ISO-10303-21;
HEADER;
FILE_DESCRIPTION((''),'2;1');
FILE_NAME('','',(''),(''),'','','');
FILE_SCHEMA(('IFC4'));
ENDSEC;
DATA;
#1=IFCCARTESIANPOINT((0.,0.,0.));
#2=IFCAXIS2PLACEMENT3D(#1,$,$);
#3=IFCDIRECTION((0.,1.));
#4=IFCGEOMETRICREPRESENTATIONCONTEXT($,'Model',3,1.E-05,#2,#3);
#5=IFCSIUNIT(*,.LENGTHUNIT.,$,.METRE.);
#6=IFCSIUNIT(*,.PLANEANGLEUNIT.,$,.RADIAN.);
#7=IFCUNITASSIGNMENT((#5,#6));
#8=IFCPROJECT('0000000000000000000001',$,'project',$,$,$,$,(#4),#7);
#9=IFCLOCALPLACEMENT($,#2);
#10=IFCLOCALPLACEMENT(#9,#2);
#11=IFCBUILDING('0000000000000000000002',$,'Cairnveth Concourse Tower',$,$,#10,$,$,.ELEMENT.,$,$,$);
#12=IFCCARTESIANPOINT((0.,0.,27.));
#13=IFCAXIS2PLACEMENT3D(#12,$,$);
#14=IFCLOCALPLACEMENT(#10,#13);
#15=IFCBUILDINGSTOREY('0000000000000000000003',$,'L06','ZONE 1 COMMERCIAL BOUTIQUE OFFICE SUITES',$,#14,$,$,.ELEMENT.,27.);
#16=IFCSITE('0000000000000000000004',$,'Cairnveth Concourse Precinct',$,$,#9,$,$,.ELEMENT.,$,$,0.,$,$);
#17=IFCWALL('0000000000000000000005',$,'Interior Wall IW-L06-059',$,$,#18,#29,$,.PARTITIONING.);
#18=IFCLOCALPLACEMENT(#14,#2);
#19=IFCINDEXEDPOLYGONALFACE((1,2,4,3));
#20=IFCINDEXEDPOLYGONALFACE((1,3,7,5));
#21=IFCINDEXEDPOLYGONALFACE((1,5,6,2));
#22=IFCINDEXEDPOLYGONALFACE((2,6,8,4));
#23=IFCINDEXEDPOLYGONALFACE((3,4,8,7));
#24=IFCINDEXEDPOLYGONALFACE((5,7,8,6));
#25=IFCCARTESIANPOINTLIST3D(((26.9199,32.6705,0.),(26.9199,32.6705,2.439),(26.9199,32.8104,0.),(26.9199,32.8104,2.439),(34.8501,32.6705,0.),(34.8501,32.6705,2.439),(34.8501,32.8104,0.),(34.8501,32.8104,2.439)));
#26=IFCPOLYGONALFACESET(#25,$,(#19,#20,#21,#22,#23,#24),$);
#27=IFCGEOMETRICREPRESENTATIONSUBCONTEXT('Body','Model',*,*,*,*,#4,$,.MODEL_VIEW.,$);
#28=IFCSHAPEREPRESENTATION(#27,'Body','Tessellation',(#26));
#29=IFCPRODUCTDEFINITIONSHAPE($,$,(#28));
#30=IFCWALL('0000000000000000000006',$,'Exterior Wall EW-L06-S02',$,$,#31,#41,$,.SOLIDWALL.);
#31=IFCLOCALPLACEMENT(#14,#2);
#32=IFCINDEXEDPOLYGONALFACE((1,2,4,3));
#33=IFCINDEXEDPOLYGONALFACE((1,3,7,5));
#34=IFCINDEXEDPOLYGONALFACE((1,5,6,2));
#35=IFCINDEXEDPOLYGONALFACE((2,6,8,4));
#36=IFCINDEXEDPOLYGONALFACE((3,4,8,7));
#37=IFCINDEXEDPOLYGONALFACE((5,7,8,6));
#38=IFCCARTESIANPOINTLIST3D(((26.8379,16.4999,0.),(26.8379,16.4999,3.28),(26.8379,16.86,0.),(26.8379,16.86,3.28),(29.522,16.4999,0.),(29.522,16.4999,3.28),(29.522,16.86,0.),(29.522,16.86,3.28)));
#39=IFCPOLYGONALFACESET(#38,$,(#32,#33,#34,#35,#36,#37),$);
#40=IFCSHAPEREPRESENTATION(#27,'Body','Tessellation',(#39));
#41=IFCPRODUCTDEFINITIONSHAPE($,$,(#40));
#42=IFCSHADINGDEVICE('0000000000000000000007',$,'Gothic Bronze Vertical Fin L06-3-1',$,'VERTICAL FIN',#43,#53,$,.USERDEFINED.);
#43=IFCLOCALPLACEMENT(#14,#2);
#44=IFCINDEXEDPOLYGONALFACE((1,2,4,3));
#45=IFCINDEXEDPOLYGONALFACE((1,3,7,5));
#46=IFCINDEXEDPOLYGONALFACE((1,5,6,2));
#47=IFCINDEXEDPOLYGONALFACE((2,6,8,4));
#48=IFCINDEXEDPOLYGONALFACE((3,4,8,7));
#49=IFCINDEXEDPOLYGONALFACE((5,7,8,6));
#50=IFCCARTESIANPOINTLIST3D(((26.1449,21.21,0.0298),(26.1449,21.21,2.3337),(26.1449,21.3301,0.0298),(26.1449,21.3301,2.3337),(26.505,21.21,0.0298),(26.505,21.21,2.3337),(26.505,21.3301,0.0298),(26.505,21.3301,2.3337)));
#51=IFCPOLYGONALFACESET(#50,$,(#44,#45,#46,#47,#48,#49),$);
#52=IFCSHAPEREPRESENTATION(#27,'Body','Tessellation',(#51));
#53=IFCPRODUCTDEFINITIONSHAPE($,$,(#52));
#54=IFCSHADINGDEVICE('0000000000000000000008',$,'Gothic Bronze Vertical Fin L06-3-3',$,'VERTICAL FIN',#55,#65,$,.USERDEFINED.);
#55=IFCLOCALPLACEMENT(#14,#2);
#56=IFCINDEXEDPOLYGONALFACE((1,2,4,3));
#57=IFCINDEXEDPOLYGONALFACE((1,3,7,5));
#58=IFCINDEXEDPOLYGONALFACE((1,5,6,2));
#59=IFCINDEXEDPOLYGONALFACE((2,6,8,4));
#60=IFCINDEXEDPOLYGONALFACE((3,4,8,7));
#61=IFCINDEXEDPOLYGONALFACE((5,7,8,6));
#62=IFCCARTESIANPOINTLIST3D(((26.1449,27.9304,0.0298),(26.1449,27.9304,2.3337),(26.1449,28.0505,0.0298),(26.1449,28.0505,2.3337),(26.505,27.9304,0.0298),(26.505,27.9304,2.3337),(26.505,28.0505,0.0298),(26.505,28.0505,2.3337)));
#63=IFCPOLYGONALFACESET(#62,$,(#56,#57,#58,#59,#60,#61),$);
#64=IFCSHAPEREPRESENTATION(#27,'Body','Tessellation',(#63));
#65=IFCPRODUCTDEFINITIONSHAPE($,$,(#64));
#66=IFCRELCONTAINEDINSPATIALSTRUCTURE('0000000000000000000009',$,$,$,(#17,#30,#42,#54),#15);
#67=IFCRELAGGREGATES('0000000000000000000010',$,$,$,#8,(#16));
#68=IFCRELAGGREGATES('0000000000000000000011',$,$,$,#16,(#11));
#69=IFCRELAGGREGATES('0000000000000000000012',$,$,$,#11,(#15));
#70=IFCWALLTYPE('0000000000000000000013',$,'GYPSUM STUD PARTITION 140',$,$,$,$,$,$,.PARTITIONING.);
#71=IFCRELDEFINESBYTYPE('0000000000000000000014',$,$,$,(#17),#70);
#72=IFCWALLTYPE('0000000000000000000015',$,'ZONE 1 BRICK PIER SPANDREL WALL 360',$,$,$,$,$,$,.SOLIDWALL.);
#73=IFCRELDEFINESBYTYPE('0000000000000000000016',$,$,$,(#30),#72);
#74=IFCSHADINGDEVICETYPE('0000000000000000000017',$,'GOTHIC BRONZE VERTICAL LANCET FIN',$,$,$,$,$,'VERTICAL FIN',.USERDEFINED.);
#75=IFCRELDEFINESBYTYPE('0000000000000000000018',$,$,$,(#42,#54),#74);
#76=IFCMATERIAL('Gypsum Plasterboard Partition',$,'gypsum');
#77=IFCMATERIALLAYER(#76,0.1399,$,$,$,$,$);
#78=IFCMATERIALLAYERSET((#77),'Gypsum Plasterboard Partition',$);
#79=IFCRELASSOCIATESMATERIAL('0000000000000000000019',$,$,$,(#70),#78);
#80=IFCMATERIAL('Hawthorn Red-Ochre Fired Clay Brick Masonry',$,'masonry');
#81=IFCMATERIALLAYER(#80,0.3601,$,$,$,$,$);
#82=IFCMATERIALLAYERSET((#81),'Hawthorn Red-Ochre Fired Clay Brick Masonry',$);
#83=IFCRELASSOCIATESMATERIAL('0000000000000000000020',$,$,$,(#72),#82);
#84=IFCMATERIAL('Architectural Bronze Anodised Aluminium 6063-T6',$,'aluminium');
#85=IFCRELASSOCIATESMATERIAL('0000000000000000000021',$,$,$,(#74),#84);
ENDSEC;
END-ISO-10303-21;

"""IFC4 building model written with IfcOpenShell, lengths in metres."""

from ifc_helpers import new_model, si_unit, direction, frame, frame_2d, origin, origin_2d, place, context, subcontext, project, spatial, rectangle, extrude, material, layer, layer_set, type_object, element, save


model = new_model("IFC4")

# Units and contexts
model_context = context("Model", 3, precision=1e-05, world=origin(), true_north=direction((0.0, 1.0)))
body_context = subcontext(model_context, "Body", "Model", "MODEL_VIEW")
ifc_project = project(units=[si_unit("LENGTHUNIT", "METRE"), si_unit("PLANEANGLEUNIT", "RADIAN")], contexts=[model_context])

# Site, building, storey
site_placement = place(None, origin())
site = spatial("IfcSite", under=ifc_project, at=site_placement, Name="Cairnveth Concourse Precinct", CompositionType="ELEMENT", RefElevation=0.0)
building_placement = place(site_placement, origin())
building = spatial("IfcBuilding", under=site, at=building_placement, Name="Cairnveth Concourse Tower", CompositionType="ELEMENT")
storey_placement = place(building_placement, frame((0.0, 0.0, 27.0)))
storey = spatial("IfcBuildingStorey", under=building, at=storey_placement, Name="L06", Description="ZONE 1 COMMERCIAL BOUTIQUE OFFICE SUITES", CompositionType="ELEMENT", Elevation=27.0)

# Walls
ifc_material_1 = material(Name="Gypsum Plasterboard Partition", Category="gypsum")
ifc_layer_1 = layer(ifc_material_1, 0.1399)
ifc_layer_set_1 = layer_set([ifc_layer_1], Name="Gypsum Plasterboard Partition")
wall_type_1 = type_object("IfcWallType", Name="GYPSUM STUD PARTITION 140", PredefinedType="PARTITIONING", material=ifc_layer_set_1)
wall_1_placement = place(storey_placement, frame((26.9199, 32.7405, 0.0), z_axis=(0.0, 0.0, 1.0), x_axis=(1.0, 0.0, 0.0)))
element("IfcWall", 1, at=wall_1_placement, inside=storey, type_object=wall_type_1, Name="Interior Wall IW-L06-059", PredefinedType="PARTITIONING", context=body_context, shape_type="SweptSolid", body=[
    extrude(rectangle(XDim=7.9302, YDim=0.1399, at=frame_2d((3.9651, 0.0))), origin(), (0.0, 0.0, 1.0), 2.439),
])
ifc_material_2 = material(Name="Hawthorn Red-Ochre Fired Clay Brick Masonry", Category="masonry")
ifc_layer_2 = layer(ifc_material_2, 0.3601)
ifc_layer_set_2 = layer_set([ifc_layer_2], Name="Hawthorn Red-Ochre Fired Clay Brick Masonry")
wall_type_2 = type_object("IfcWallType", Name="ZONE 1 BRICK PIER SPANDREL WALL 360", PredefinedType="SOLIDWALL", material=ifc_layer_set_2)
wall_2_placement = place(storey_placement, frame((29.522, 16.6799, 0.0), z_axis=(0.0, 0.0, 1.0), x_axis=(-1.0, 0.0, 0.0)))
element("IfcWall", 2, at=wall_2_placement, inside=storey, type_object=wall_type_2, Name="Exterior Wall EW-L06-S02", PredefinedType="SOLIDWALL", context=body_context, shape_type="SweptSolid", body=[
    extrude(rectangle(XDim=2.6841, YDim=0.3601, at=frame_2d((1.342, 0.0))), origin(), (0.0, 0.0, 1.0), 3.28),
])

# Shading devices
ifc_material_3 = material(Name="Architectural Bronze Anodised Aluminium 6063-T6", Category="aluminium")
shading_device_type = type_object("IfcShadingDeviceType", Name="GOTHIC BRONZE VERTICAL LANCET FIN", ElementType="VERTICAL FIN", PredefinedType="USERDEFINED", material=ifc_material_3)
for number, where, z_axis, x_axis, name in (
    (3, (26.325, 21.27, 0.0298), (0.0, 0.0, 1.0), (0.0, 1.0, 0.0), "Gothic Bronze Vertical Fin L06-3-1"),
    (4, (26.325, 27.9905, 0.0298), (0.0, 0.0, 1.0), (0.0, 1.0, 0.0), "Gothic Bronze Vertical Fin L06-3-3"),
):
    element("IfcShadingDevice", number, at=place(storey_placement, frame(where, z_axis=z_axis, x_axis=x_axis)), inside=storey, type_object=shading_device_type, Name=name, ObjectType="VERTICAL FIN", PredefinedType="USERDEFINED", context=body_context, shape_type="SweptSolid", body=[
        extrude(rectangle(XDim=0.1201, YDim=0.3601, at=origin_2d()), origin(), (0.0, 0.0, 1.0), 2.304),
    ])

save(model, "model.ifc")
